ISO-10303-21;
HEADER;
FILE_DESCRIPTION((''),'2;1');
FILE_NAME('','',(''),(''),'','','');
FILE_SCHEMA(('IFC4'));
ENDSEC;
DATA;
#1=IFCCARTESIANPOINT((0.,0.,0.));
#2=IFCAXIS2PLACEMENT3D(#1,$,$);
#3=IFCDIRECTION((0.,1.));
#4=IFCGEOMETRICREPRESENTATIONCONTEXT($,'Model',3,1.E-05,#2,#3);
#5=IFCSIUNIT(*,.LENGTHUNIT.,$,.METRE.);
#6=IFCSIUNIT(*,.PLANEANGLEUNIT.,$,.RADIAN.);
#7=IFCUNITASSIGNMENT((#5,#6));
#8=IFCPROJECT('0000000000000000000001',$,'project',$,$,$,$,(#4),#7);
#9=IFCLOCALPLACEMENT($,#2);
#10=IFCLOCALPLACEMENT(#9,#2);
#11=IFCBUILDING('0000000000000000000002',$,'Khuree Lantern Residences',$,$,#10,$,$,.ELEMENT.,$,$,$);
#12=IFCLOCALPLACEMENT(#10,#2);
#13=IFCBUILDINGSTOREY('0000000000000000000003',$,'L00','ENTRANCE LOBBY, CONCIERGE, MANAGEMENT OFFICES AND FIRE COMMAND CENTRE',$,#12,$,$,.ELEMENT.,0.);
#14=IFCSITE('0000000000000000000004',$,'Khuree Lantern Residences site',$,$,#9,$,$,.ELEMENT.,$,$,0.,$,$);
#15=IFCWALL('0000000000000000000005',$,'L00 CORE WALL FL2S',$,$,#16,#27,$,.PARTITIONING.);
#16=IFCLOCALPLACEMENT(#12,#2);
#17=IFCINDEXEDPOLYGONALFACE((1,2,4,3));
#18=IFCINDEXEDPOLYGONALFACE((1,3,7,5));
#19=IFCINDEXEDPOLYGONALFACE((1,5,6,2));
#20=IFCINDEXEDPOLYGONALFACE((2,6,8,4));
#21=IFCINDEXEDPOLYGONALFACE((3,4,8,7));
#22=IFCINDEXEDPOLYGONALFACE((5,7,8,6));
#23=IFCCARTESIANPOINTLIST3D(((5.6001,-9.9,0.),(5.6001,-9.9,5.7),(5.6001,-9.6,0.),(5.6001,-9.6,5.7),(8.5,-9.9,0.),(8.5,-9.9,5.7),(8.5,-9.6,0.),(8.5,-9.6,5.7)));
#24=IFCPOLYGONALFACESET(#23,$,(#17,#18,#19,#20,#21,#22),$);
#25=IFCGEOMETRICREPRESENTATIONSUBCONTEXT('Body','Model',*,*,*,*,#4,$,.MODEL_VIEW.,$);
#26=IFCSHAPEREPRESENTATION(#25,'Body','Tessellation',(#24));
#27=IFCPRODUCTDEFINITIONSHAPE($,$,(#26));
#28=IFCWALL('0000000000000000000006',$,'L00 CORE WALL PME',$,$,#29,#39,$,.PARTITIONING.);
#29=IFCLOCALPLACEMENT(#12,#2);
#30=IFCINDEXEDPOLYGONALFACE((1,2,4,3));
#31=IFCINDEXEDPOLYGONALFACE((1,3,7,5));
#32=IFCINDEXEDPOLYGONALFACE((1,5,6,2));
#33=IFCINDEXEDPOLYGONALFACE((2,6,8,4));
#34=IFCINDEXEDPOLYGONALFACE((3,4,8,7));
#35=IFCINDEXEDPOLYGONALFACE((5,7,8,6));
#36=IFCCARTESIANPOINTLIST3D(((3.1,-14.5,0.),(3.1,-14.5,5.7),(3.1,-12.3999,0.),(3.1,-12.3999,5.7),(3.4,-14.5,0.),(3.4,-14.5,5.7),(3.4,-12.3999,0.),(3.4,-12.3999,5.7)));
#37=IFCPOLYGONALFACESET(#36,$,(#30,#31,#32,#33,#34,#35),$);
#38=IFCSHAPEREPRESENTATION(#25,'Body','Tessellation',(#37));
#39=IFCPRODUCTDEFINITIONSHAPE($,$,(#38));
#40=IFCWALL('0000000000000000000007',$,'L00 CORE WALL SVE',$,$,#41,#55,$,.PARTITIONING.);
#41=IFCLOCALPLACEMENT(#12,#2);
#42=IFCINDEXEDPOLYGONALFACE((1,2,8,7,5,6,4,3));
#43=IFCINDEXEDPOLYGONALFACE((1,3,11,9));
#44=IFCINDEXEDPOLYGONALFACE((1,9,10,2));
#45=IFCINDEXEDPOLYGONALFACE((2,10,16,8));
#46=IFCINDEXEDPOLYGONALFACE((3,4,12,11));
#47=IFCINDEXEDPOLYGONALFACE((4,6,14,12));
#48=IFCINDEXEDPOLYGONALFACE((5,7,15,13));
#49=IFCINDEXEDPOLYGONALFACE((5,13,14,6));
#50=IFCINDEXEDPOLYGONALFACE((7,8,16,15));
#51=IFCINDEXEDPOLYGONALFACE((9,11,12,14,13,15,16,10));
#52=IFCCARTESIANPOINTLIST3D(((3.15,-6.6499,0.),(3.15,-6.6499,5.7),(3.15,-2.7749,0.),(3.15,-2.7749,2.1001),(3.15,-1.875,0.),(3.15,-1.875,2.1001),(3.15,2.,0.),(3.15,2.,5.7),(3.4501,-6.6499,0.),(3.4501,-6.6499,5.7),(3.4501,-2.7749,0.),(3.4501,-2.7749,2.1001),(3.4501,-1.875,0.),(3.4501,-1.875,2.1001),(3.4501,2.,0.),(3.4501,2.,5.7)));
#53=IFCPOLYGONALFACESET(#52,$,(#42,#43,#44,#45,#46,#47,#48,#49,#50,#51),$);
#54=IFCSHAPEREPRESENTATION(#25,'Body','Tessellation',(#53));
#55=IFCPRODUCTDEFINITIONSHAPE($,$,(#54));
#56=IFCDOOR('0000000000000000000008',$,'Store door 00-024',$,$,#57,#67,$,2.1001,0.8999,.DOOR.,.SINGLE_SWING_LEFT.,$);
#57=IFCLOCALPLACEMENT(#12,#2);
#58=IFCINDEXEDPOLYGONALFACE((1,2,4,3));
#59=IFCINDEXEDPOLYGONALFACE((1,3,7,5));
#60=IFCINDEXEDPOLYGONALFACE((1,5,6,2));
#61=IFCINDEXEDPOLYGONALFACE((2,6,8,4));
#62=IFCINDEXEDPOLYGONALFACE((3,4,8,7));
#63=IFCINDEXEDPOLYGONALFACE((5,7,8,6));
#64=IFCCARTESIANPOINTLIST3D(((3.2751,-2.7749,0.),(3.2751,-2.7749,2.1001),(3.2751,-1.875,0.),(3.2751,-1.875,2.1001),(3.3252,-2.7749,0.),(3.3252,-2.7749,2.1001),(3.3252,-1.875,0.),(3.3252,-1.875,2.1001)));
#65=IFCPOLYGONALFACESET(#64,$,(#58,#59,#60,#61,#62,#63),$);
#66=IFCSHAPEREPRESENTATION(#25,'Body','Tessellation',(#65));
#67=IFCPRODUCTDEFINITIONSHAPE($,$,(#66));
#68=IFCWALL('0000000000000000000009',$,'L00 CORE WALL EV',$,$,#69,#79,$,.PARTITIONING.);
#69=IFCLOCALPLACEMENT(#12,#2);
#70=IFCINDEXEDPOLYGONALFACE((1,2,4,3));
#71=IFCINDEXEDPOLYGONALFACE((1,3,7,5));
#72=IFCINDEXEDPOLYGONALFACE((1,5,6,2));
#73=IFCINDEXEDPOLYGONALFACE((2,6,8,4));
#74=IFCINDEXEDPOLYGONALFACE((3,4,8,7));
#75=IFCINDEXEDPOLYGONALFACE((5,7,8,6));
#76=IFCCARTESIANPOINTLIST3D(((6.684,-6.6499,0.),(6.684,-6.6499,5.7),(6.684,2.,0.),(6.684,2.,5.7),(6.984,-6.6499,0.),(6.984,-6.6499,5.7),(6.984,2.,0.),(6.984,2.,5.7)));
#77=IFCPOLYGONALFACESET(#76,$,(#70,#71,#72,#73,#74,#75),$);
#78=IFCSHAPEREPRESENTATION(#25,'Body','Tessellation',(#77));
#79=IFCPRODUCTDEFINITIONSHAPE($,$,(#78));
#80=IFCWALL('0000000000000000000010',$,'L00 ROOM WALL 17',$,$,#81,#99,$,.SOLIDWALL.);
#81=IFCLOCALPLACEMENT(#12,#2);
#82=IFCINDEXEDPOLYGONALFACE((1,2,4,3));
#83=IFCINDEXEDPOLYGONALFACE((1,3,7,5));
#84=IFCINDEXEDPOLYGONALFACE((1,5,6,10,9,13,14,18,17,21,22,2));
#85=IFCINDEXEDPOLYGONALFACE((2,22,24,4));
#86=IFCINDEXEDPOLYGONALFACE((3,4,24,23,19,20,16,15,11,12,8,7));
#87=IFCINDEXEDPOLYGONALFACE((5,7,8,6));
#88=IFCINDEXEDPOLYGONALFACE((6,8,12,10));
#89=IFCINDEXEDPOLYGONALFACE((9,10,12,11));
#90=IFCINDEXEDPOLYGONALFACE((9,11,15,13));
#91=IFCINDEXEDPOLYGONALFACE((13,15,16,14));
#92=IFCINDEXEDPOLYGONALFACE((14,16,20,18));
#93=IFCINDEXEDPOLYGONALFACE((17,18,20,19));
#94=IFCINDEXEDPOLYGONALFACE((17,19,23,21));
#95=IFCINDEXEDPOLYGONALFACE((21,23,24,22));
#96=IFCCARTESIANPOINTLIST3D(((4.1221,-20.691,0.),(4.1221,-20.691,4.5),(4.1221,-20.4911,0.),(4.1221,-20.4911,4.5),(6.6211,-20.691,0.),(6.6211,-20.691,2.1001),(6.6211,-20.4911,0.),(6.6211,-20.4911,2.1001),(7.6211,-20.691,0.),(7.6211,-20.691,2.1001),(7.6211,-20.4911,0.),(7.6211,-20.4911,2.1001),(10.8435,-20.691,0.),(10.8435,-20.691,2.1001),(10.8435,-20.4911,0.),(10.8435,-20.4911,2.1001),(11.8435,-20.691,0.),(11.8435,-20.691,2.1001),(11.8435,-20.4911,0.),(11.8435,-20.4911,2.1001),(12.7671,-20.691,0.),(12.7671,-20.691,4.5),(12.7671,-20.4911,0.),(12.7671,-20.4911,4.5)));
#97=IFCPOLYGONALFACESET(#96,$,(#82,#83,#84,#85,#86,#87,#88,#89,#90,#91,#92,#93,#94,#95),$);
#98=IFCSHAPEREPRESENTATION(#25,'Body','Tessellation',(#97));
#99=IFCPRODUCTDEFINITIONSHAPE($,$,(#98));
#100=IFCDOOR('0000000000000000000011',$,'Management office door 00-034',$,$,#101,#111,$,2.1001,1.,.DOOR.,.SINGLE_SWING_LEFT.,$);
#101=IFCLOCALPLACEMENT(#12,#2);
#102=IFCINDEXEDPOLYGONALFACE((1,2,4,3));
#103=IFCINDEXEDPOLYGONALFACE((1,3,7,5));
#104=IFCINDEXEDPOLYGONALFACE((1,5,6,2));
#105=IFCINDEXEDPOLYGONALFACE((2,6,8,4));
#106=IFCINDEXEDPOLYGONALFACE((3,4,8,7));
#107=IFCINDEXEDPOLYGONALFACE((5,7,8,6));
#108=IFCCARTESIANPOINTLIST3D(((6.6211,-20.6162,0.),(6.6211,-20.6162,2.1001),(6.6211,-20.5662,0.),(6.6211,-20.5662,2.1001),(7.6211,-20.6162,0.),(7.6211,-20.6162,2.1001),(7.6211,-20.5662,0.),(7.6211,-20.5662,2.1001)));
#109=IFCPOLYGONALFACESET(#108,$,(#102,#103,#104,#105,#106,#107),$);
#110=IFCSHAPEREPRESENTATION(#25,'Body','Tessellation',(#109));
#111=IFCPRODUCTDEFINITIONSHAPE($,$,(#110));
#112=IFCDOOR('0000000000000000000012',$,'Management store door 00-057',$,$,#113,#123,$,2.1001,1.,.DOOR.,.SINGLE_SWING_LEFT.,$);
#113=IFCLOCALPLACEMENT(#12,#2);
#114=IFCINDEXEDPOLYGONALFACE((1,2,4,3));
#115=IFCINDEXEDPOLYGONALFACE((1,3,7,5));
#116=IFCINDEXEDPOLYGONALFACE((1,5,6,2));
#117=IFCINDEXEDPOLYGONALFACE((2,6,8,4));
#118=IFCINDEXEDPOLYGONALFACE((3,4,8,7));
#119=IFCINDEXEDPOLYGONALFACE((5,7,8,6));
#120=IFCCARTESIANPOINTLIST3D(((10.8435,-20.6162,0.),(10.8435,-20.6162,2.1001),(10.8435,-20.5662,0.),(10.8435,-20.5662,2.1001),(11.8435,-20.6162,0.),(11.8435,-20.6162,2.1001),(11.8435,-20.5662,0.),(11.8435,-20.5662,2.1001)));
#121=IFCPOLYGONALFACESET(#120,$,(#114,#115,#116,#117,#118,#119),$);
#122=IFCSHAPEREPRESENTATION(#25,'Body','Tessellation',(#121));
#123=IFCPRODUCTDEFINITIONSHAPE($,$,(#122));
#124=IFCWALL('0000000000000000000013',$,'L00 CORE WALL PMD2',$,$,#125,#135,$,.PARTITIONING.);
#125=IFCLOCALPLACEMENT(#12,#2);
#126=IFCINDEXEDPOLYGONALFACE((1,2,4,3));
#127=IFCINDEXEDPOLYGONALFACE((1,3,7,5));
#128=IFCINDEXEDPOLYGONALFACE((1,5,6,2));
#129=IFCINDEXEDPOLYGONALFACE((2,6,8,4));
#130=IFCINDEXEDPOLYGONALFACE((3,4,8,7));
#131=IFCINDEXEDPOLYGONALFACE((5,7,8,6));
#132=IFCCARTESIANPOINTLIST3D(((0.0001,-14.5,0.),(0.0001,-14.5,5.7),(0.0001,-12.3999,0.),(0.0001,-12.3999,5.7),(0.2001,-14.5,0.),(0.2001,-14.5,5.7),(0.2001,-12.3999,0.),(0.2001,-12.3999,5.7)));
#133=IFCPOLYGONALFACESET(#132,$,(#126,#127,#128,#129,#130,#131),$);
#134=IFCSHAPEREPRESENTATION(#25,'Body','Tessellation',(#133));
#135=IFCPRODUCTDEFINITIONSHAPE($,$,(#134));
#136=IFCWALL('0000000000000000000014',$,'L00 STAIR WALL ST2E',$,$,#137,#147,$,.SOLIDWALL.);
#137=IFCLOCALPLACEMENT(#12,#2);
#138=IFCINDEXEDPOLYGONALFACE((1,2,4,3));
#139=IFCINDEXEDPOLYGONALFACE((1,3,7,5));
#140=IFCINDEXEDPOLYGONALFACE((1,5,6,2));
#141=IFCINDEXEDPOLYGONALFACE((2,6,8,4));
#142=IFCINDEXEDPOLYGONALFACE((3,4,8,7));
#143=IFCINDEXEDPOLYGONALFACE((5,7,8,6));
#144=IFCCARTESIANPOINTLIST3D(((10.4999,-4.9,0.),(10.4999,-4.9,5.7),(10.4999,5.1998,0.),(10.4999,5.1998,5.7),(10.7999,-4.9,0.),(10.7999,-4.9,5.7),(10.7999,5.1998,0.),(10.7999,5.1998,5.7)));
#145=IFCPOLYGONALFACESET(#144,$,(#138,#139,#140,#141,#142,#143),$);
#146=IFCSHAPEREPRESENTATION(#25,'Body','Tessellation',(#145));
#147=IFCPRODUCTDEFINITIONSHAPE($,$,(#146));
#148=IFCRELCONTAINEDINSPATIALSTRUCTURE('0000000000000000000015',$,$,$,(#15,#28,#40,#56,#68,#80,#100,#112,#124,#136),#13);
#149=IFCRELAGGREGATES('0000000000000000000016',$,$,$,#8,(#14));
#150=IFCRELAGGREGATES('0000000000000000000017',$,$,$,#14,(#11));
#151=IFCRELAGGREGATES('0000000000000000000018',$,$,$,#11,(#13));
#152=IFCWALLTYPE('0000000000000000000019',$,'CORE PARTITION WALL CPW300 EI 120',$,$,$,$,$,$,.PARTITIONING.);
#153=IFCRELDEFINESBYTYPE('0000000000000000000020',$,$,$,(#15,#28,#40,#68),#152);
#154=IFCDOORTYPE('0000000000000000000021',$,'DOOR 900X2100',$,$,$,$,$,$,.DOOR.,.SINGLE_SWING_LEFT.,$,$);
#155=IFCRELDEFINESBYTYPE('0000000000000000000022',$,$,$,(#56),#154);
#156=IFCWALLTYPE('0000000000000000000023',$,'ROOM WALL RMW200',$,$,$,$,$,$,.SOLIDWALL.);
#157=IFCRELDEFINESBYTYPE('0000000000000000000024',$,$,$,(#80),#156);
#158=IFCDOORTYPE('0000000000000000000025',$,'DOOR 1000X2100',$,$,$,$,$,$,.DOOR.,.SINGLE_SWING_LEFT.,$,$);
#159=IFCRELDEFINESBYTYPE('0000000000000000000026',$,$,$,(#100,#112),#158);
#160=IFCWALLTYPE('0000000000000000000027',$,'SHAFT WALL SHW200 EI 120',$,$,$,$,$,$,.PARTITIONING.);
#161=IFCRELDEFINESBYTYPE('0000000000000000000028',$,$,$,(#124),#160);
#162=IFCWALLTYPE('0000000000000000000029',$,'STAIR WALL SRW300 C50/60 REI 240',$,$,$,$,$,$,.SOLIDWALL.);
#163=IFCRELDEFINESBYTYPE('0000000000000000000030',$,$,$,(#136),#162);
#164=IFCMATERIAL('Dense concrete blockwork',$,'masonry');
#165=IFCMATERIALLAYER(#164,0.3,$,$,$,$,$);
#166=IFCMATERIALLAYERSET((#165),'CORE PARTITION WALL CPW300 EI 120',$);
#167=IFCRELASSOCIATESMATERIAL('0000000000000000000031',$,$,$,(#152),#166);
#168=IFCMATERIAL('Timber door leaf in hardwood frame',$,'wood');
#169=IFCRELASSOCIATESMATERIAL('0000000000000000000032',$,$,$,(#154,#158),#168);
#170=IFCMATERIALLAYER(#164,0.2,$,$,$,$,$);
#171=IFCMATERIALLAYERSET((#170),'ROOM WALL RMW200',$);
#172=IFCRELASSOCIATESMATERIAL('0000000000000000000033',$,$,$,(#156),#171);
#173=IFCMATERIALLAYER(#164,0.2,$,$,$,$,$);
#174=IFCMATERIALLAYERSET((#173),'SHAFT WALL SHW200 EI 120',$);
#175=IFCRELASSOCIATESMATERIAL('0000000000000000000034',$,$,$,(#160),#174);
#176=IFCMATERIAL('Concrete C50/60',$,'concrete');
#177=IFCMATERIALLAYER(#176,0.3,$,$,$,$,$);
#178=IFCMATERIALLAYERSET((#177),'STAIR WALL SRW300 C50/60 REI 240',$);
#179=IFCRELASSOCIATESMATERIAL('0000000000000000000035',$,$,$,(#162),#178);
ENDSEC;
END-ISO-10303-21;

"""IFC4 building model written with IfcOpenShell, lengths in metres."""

from ifc_helpers import new_model, si_unit, direction, frame, frame_2d, origin, place, context, subcontext, project, spatial, rectangle, extrude, material, layer, layer_set, type_object, element, fill, save


model = new_model("IFC4")

# Units and contexts
model_context = context("Model", 3, precision=1e-05, world=origin(), true_north=direction((0.0, 1.0)))
body_context = subcontext(model_context, "Body", "Model", "MODEL_VIEW")
ifc_project = project(units=[si_unit("LENGTHUNIT", "METRE"), si_unit("PLANEANGLEUNIT", "RADIAN")], contexts=[model_context])

# Site, building, storey
site_placement = place(None, origin())
site = spatial("IfcSite", under=ifc_project, at=site_placement, Name="Khuree Lantern Residences site", CompositionType="ELEMENT", RefElevation=0.0)
building_placement = place(site_placement, origin())
building = spatial("IfcBuilding", under=site, at=building_placement, Name="Khuree Lantern Residences", CompositionType="ELEMENT")
storey_placement = place(building_placement, origin())
storey = spatial("IfcBuildingStorey", under=building, at=storey_placement, Name="L00", Description="ENTRANCE LOBBY, CONCIERGE, MANAGEMENT OFFICES AND FIRE COMMAND CENTRE", CompositionType="ELEMENT", Elevation=0.0)

# Shared definitions
ifc_material_1 = material(Name="Dense concrete blockwork", Category="masonry")
ifc_layer_1 = layer(ifc_material_1, 0.3)
ifc_layer_set_1 = layer_set([ifc_layer_1], Name="CORE PARTITION WALL CPW300 EI 120")
wall_type_1 = type_object("IfcWallType", Name="CORE PARTITION WALL CPW300 EI 120", PredefinedType="PARTITIONING", material=ifc_layer_set_1)

# Walls
wall_1_placement = place(storey_placement, frame((5.6001, -9.75, 0.0), z_axis=(0.0, 0.0, 1.0), x_axis=(1.0, 0.0, 0.0)))
element("IfcWall", 1, at=wall_1_placement, inside=storey, type_object=wall_type_1, Name="L00 CORE WALL FL2S", PredefinedType="PARTITIONING", context=body_context, shape_type="SweptSolid", body=[
    extrude(rectangle(XDim=2.8999, YDim=0.3, at=frame_2d((1.45, 0.0))), origin(), (0.0, 0.0, 1.0), 5.7),
])
wall_2_placement = place(storey_placement, frame((3.25, -14.5, 0.0), z_axis=(0.0, 0.0, 1.0), x_axis=(0.0, 1.0, 0.0)))
element("IfcWall", 2, at=wall_2_placement, inside=storey, type_object=wall_type_1, Name="L00 CORE WALL PME", PredefinedType="PARTITIONING", context=body_context, shape_type="SweptSolid", body=[
    extrude(rectangle(XDim=2.1001, YDim=0.3, at=frame_2d((1.05, 0.0))), origin(), (0.0, 0.0, 1.0), 5.7),
])

# Wall, opening, door
wall_3_placement = place(storey_placement, frame((3.3, -6.6499, 0.0), z_axis=(0.0, 0.0, 1.0), x_axis=(0.0, 1.0, 0.0)))
wall_3 = element("IfcWall", 3, at=wall_3_placement, inside=storey, type_object=wall_type_1, Name="L00 CORE WALL SVE", PredefinedType="PARTITIONING", context=body_context, shape_type="SweptSolid", body=[
    extrude(rectangle(XDim=8.6499, YDim=0.3, at=frame_2d((4.325, 0.0))), origin(), (0.0, 0.0, 1.0), 5.7),
])
opening_1_placement = place(wall_3_placement, frame((3.875, 0.0, 0.0)))
opening_1 = element("IfcOpeningElement", 4, at=opening_1_placement, cuts=wall_3, PredefinedType="OPENING", context=body_context, shape_type="SweptSolid", body=[
    extrude(rectangle(XDim=0.8999, YDim=2.1001, at=frame_2d((0.45, 1.05))), frame((0.0, 0.1602, 0.0), z_axis=(0.0, -1.0, 0.0), x_axis=(1.0, 0.0, 0.0)), (0.0, 0.0, 1.0), 0.3201),
])
ifc_material_2 = material(Name="Timber door leaf in hardwood frame", Category="wood")
door_type_1 = type_object("IfcDoorType", Name="DOOR 900X2100", OperationType="SINGLE_SWING_LEFT", PredefinedType="DOOR", material=ifc_material_2)
door_1_placement = place(opening_1_placement, origin())
door_1 = element("IfcDoor", 5, at=door_1_placement, inside=storey, type_object=door_type_1, Name="Store door 00-024", OperationType="SINGLE_SWING_LEFT", OverallHeight=2.1001, OverallWidth=0.8999, PredefinedType="DOOR", context=body_context, shape_type="SweptSolid", body=[
    extrude(rectangle(XDim=0.8999, YDim=2.1001, at=frame_2d((0.45, 1.05))), frame((0.0, 0.0249, 0.0), z_axis=(0.0, -1.0, 0.0), x_axis=(1.0, 0.0, 0.0)), (0.0, 0.0, 1.0), 0.05),
])
fill(opening_1, door_1)

# Wall
wall_4_placement = place(storey_placement, frame((6.834, -6.6499, 0.0), z_axis=(0.0, 0.0, 1.0), x_axis=(0.0, 1.0, 0.0)))
element("IfcWall", 6, at=wall_4_placement, inside=storey, type_object=wall_type_1, Name="L00 CORE WALL EV", PredefinedType="PARTITIONING", context=body_context, shape_type="SweptSolid", body=[
    extrude(rectangle(XDim=8.6499, YDim=0.3, at=frame_2d((4.325, 0.0))), origin(), (0.0, 0.0, 1.0), 5.7),
])

# Wall, openings, doors
ifc_layer_2 = layer(ifc_material_1, 0.2)
ifc_layer_set_2 = layer_set([ifc_layer_2], Name="ROOM WALL RMW200")
wall_type_2 = type_object("IfcWallType", Name="ROOM WALL RMW200", PredefinedType="SOLIDWALL", material=ifc_layer_set_2)
wall_5_placement = place(storey_placement, frame((4.1221, -20.5911, 0.0), z_axis=(0.0, 0.0, 1.0), x_axis=(1.0, 0.0, 0.0)))
wall_5 = element("IfcWall", 7, at=wall_5_placement, inside=storey, type_object=wall_type_2, Name="L00 ROOM WALL 17", PredefinedType="SOLIDWALL", context=body_context, shape_type="SweptSolid", body=[
    extrude(rectangle(XDim=8.645, YDim=0.2, at=frame_2d((4.3225, 0.0))), origin(), (0.0, 0.0, 1.0), 4.5),
])
opening_2_placement = place(wall_5_placement, frame((2.499, 0.0, 0.0)))
opening_2 = element("IfcOpeningElement", 8, at=opening_2_placement, cuts=wall_5, PredefinedType="OPENING", context=body_context, shape_type="SweptSolid", body=[
    extrude(rectangle(XDim=1.0, YDim=2.1001, at=frame_2d((0.5, 1.05))), frame((0.0, 0.1099, 0.0), z_axis=(0.0, -1.0, 0.0), x_axis=(1.0, 0.0, 0.0)), (0.0, 0.0, 1.0), 0.22),
])
opening_3_placement = place(wall_5_placement, frame((6.7214, 0.0, 0.0)))
opening_3 = element("IfcOpeningElement", 9, at=opening_3_placement, cuts=wall_5, PredefinedType="OPENING", context=body_context, shape_type="SweptSolid", body=[
    extrude(rectangle(XDim=1.0, YDim=2.1001, at=frame_2d((0.5, 1.05))), frame((0.0, 0.1099, 0.0), z_axis=(0.0, -1.0, 0.0), x_axis=(1.0, 0.0, 0.0)), (0.0, 0.0, 1.0), 0.22),
])
door_type_2 = type_object("IfcDoorType", Name="DOOR 1000X2100", OperationType="SINGLE_SWING_LEFT", PredefinedType="DOOR", material=ifc_material_2)
door_2_placement = place(opening_2_placement, origin())
door_2 = element("IfcDoor", 10, at=door_2_placement, inside=storey, type_object=door_type_2, Name="Management office door 00-034", OperationType="SINGLE_SWING_LEFT", OverallHeight=2.1001, OverallWidth=1.0, PredefinedType="DOOR", context=body_context, shape_type="SweptSolid", body=[
    extrude(rectangle(XDim=1.0, YDim=2.1001, at=frame_2d((0.5, 1.05))), frame((0.0, 0.0249, 0.0), z_axis=(0.0, -1.0, 0.0), x_axis=(1.0, 0.0, 0.0)), (0.0, 0.0, 1.0), 0.05),
])
fill(opening_2, door_2)
door_3_placement = place(opening_3_placement, origin())
door_3 = element("IfcDoor", 11, at=door_3_placement, inside=storey, type_object=door_type_2, Name="Management store door 00-057", OperationType="SINGLE_SWING_LEFT", OverallHeight=2.1001, OverallWidth=1.0, PredefinedType="DOOR", context=body_context, shape_type="SweptSolid", body=[
    extrude(rectangle(XDim=1.0, YDim=2.1001, at=frame_2d((0.5, 1.05))), frame((0.0, 0.0249, 0.0), z_axis=(0.0, -1.0, 0.0), x_axis=(1.0, 0.0, 0.0)), (0.0, 0.0, 1.0), 0.05),
])
fill(opening_3, door_3)

# Walls
ifc_layer_3 = layer(ifc_material_1, 0.2)
ifc_layer_set_3 = layer_set([ifc_layer_3], Name="SHAFT WALL SHW200 EI 120")
wall_type_3 = type_object("IfcWallType", Name="SHAFT WALL SHW200 EI 120", PredefinedType="PARTITIONING", material=ifc_layer_set_3)
wall_6_placement = place(storey_placement, frame((0.1001, -14.5, 0.0), z_axis=(0.0, 0.0, 1.0), x_axis=(0.0, 1.0, 0.0)))
element("IfcWall", 12, at=wall_6_placement, inside=storey, type_object=wall_type_3, Name="L00 CORE WALL PMD2", PredefinedType="PARTITIONING", context=body_context, shape_type="SweptSolid", body=[
    extrude(rectangle(XDim=2.1001, YDim=0.2, at=frame_2d((1.05, 0.0))), origin(), (0.0, 0.0, 1.0), 5.7),
])
ifc_material_3 = material(Name="Concrete C50/60", Category="concrete")
ifc_layer_4 = layer(ifc_material_3, 0.3)
ifc_layer_set_4 = layer_set([ifc_layer_4], Name="STAIR WALL SRW300 C50/60 REI 240")
wall_type_4 = type_object("IfcWallType", Name="STAIR WALL SRW300 C50/60 REI 240", PredefinedType="SOLIDWALL", material=ifc_layer_set_4)
wall_7_placement = place(storey_placement, frame((10.6499, -4.8999, 0.0), z_axis=(0.0, 0.0, 1.0), x_axis=(0.0, 1.0, 0.0)))
element("IfcWall", 13, at=wall_7_placement, inside=storey, type_object=wall_type_4, Name="L00 STAIR WALL ST2E", PredefinedType="SOLIDWALL", context=body_context, shape_type="SweptSolid", body=[
    extrude(rectangle(XDim=10.0999, YDim=0.3, at=frame_2d((5.0498, 0.0))), origin(), (0.0, 0.0, 1.0), 5.7),
])

save(model, "model.ifc")
